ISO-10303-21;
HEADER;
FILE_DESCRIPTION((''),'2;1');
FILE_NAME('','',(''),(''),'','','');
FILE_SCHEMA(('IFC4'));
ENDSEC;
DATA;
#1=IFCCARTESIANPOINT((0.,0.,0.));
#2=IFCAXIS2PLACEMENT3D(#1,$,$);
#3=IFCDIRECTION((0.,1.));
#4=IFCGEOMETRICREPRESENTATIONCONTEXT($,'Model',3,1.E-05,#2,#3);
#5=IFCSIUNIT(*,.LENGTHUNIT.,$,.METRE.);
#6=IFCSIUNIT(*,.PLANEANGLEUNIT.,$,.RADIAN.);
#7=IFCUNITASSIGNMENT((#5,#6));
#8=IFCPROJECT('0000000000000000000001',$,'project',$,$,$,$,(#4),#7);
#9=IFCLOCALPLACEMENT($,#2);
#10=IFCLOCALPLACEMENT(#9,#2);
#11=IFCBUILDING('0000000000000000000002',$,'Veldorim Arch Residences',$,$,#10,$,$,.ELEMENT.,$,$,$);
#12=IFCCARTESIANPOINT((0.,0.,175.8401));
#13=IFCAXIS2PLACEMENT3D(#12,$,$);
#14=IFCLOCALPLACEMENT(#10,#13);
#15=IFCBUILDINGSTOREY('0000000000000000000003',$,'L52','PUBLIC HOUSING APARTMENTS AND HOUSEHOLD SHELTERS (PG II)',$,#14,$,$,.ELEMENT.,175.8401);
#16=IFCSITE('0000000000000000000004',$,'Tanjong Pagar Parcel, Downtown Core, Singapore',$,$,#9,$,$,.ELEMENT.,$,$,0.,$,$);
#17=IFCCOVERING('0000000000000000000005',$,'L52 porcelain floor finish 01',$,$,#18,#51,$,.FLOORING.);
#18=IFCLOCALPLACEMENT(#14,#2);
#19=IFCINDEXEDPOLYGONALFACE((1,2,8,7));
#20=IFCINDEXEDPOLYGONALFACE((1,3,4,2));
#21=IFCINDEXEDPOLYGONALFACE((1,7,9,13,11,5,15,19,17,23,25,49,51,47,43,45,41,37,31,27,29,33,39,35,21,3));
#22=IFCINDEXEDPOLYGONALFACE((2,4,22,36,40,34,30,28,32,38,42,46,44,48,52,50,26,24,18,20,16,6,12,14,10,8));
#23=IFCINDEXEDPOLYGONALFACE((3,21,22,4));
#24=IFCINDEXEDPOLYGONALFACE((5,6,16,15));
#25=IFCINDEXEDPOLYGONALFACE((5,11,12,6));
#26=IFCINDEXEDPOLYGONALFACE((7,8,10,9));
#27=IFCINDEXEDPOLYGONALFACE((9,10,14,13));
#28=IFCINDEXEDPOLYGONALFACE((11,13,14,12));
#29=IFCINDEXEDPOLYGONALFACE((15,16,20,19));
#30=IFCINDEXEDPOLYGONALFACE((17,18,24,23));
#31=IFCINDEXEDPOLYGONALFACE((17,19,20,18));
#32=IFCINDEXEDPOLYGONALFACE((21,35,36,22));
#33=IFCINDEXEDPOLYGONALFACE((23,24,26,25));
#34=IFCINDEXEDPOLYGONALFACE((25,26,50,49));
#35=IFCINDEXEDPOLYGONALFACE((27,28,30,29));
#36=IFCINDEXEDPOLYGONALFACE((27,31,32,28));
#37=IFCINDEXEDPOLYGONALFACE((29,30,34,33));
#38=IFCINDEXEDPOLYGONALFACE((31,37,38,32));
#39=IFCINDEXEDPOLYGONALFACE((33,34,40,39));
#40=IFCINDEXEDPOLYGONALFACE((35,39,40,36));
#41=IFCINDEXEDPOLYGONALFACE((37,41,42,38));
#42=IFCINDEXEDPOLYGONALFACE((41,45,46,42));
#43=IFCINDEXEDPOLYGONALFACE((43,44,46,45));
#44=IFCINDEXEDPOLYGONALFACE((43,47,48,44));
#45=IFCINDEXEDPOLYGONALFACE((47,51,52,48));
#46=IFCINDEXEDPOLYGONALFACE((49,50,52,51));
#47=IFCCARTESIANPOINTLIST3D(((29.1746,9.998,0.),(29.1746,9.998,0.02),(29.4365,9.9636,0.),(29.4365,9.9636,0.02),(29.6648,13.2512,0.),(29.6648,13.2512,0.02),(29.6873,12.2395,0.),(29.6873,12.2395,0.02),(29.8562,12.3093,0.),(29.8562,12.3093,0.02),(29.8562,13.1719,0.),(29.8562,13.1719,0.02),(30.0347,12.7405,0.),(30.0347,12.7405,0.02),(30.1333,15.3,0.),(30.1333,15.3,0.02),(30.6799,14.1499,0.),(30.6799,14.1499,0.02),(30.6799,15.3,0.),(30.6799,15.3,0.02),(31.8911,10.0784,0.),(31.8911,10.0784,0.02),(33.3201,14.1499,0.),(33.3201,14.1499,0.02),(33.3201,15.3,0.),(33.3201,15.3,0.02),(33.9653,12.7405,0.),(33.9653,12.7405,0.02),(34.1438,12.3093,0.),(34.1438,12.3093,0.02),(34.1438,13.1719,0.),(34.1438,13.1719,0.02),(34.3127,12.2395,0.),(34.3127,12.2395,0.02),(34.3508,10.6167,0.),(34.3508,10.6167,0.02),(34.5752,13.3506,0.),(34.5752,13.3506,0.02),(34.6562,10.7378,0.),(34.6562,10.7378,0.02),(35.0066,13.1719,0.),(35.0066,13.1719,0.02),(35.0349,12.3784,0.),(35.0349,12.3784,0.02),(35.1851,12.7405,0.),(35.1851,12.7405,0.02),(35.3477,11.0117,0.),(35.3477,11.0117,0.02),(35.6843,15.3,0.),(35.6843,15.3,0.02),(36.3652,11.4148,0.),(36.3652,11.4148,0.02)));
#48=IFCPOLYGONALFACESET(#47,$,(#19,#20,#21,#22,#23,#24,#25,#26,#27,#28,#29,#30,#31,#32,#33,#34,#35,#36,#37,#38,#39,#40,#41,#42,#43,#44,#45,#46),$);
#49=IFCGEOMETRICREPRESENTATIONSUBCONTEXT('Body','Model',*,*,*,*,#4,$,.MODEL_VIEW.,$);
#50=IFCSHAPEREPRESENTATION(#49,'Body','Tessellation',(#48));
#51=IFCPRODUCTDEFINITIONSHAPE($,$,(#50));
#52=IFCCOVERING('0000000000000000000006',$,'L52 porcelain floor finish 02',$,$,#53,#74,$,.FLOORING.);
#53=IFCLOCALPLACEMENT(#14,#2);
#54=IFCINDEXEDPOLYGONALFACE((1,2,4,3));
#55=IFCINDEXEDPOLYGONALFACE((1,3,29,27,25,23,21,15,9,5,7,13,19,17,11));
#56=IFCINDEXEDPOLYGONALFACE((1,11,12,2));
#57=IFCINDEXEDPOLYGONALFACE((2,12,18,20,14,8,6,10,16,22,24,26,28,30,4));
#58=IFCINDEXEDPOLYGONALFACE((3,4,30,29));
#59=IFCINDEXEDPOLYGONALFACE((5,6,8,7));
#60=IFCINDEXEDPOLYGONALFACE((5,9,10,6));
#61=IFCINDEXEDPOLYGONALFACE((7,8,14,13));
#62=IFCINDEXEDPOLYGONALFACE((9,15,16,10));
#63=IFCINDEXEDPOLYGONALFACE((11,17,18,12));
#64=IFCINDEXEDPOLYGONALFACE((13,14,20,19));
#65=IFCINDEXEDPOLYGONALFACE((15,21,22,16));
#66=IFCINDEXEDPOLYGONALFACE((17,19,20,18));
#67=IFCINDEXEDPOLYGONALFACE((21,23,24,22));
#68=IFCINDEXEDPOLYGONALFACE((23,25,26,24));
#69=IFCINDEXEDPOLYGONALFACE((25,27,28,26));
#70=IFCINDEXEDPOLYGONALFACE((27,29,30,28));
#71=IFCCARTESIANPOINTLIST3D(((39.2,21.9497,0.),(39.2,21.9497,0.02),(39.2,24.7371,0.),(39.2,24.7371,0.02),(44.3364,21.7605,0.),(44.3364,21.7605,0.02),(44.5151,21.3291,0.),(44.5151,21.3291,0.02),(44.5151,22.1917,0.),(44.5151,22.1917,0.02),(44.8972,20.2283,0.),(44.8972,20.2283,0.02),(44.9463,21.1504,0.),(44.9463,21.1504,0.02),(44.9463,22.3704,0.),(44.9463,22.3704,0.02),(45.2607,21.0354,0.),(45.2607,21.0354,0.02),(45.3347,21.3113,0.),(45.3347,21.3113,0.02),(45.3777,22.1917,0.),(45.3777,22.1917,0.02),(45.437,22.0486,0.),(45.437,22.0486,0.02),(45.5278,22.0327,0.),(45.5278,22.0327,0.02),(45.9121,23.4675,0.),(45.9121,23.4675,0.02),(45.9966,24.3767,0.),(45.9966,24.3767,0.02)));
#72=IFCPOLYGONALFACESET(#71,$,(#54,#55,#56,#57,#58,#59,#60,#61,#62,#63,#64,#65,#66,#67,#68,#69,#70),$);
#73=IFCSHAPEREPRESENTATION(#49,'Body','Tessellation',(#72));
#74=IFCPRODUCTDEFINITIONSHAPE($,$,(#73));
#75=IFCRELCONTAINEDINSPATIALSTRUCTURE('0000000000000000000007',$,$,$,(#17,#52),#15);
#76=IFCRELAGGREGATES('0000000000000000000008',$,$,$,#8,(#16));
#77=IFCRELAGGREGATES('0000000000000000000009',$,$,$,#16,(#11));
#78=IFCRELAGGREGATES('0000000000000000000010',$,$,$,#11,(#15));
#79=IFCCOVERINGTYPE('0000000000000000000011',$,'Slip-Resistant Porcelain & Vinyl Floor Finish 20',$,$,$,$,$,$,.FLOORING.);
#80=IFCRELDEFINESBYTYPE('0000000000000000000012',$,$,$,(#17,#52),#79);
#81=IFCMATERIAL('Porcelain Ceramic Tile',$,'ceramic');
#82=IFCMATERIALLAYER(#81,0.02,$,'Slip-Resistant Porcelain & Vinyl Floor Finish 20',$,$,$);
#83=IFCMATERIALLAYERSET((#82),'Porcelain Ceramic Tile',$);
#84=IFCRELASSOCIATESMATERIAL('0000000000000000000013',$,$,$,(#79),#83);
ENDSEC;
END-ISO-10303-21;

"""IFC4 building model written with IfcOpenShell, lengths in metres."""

from ifc_helpers import new_model, si_unit, direction, frame, origin, place, context, subcontext, project, spatial, polyline, outline, extrude, material, layer, layer_set, type_object, element, save


model = new_model("IFC4")

# Units and contexts
model_context = context("Model", 3, precision=1e-05, world=origin(), true_north=direction((0.0, 1.0)))
body_context = subcontext(model_context, "Body", "Model", "MODEL_VIEW")
ifc_project = project(units=[si_unit("LENGTHUNIT", "METRE"), si_unit("PLANEANGLEUNIT", "RADIAN")], contexts=[model_context])

# Site, building, storey
site_placement = place(None, origin())
site = spatial("IfcSite", under=ifc_project, at=site_placement, Name="Tanjong Pagar Parcel, Downtown Core, Singapore", CompositionType="ELEMENT", RefElevation=0.0)
building_placement = place(site_placement, origin())
building = spatial("IfcBuilding", under=site, at=building_placement, Name="Veldorim Arch Residences", CompositionType="ELEMENT")
storey_placement = place(building_placement, frame((0.0, 0.0, 175.8401)))
storey = spatial("IfcBuildingStorey", under=building, at=storey_placement, Name="L52", Description="PUBLIC HOUSING APARTMENTS AND HOUSEHOLD SHELTERS (PG II)", CompositionType="ELEMENT", Elevation=175.8401)

# Coverings
ifc_material_1 = material(Name="Porcelain Ceramic Tile", Category="ceramic")
ifc_layer_1 = layer(ifc_material_1, 0.02, Name="Slip-Resistant Porcelain & Vinyl Floor Finish 20")
ifc_layer_set_1 = layer_set([ifc_layer_1], Name="Porcelain Ceramic Tile")
covering_type_1 = type_object("IfcCoveringType", Name="Slip-Resistant Porcelain & Vinyl Floor Finish 20", PredefinedType="FLOORING", material=ifc_layer_set_1)
covering_1_placement = place(storey_placement, origin())
element("IfcCovering", 1, at=covering_1_placement, inside=storey, type_object=covering_type_1, Name="L52 porcelain floor finish 01", PredefinedType="FLOORING", context=body_context, shape_type="SweptSolid", body=[
    extrude(outline(polyline([(35.1851, 12.7405), (35.0066, 13.1719), (34.5752, 13.3506), (34.1438, 13.1719), (33.9653, 12.7405), (34.1438, 12.3093), (34.3127, 12.2395), (34.6562, 10.7378), (34.3508, 10.6167), (31.8911, 10.0784), (29.4365, 9.9636), (29.1746, 9.998), (29.6873, 12.2395), (29.8562, 12.3093), (30.0347, 12.7405), (29.8562, 13.1719), (29.6648, 13.2512), (30.1333, 15.3), (30.6799, 15.3), (30.6799, 14.1499), (33.3201, 14.1499), (33.3201, 15.3), (35.6843, 15.3), (36.3652, 11.4148), (35.3477, 11.0117), (35.0349, 12.3784), (35.1851, 12.7405)])), origin(), (0.0, 0.0, 1.0), 0.02),
])
covering_2_placement = place(storey_placement, origin())
element("IfcCovering", 2, at=covering_2_placement, inside=storey, type_object=covering_type_1, Name="L52 porcelain floor finish 02", PredefinedType="FLOORING", context=body_context, shape_type="SweptSolid", body=[
    extrude(outline(polyline([(45.2607, 21.0354), (44.8972, 20.2283), (39.2, 21.9497), (39.2, 24.7371), (45.9966, 24.3767), (45.9121, 23.4675), (45.5278, 22.0327), (45.437, 22.0486), (45.3777, 22.1917), (44.9463, 22.3704), (44.5151, 22.1917), (44.3364, 21.7605), (44.5151, 21.3291), (44.9463, 21.1504), (45.3347, 21.3113), (45.2607, 21.0354)])), origin(), (0.0, 0.0, 1.0), 0.02),
])

save(model, "model.ifc")
